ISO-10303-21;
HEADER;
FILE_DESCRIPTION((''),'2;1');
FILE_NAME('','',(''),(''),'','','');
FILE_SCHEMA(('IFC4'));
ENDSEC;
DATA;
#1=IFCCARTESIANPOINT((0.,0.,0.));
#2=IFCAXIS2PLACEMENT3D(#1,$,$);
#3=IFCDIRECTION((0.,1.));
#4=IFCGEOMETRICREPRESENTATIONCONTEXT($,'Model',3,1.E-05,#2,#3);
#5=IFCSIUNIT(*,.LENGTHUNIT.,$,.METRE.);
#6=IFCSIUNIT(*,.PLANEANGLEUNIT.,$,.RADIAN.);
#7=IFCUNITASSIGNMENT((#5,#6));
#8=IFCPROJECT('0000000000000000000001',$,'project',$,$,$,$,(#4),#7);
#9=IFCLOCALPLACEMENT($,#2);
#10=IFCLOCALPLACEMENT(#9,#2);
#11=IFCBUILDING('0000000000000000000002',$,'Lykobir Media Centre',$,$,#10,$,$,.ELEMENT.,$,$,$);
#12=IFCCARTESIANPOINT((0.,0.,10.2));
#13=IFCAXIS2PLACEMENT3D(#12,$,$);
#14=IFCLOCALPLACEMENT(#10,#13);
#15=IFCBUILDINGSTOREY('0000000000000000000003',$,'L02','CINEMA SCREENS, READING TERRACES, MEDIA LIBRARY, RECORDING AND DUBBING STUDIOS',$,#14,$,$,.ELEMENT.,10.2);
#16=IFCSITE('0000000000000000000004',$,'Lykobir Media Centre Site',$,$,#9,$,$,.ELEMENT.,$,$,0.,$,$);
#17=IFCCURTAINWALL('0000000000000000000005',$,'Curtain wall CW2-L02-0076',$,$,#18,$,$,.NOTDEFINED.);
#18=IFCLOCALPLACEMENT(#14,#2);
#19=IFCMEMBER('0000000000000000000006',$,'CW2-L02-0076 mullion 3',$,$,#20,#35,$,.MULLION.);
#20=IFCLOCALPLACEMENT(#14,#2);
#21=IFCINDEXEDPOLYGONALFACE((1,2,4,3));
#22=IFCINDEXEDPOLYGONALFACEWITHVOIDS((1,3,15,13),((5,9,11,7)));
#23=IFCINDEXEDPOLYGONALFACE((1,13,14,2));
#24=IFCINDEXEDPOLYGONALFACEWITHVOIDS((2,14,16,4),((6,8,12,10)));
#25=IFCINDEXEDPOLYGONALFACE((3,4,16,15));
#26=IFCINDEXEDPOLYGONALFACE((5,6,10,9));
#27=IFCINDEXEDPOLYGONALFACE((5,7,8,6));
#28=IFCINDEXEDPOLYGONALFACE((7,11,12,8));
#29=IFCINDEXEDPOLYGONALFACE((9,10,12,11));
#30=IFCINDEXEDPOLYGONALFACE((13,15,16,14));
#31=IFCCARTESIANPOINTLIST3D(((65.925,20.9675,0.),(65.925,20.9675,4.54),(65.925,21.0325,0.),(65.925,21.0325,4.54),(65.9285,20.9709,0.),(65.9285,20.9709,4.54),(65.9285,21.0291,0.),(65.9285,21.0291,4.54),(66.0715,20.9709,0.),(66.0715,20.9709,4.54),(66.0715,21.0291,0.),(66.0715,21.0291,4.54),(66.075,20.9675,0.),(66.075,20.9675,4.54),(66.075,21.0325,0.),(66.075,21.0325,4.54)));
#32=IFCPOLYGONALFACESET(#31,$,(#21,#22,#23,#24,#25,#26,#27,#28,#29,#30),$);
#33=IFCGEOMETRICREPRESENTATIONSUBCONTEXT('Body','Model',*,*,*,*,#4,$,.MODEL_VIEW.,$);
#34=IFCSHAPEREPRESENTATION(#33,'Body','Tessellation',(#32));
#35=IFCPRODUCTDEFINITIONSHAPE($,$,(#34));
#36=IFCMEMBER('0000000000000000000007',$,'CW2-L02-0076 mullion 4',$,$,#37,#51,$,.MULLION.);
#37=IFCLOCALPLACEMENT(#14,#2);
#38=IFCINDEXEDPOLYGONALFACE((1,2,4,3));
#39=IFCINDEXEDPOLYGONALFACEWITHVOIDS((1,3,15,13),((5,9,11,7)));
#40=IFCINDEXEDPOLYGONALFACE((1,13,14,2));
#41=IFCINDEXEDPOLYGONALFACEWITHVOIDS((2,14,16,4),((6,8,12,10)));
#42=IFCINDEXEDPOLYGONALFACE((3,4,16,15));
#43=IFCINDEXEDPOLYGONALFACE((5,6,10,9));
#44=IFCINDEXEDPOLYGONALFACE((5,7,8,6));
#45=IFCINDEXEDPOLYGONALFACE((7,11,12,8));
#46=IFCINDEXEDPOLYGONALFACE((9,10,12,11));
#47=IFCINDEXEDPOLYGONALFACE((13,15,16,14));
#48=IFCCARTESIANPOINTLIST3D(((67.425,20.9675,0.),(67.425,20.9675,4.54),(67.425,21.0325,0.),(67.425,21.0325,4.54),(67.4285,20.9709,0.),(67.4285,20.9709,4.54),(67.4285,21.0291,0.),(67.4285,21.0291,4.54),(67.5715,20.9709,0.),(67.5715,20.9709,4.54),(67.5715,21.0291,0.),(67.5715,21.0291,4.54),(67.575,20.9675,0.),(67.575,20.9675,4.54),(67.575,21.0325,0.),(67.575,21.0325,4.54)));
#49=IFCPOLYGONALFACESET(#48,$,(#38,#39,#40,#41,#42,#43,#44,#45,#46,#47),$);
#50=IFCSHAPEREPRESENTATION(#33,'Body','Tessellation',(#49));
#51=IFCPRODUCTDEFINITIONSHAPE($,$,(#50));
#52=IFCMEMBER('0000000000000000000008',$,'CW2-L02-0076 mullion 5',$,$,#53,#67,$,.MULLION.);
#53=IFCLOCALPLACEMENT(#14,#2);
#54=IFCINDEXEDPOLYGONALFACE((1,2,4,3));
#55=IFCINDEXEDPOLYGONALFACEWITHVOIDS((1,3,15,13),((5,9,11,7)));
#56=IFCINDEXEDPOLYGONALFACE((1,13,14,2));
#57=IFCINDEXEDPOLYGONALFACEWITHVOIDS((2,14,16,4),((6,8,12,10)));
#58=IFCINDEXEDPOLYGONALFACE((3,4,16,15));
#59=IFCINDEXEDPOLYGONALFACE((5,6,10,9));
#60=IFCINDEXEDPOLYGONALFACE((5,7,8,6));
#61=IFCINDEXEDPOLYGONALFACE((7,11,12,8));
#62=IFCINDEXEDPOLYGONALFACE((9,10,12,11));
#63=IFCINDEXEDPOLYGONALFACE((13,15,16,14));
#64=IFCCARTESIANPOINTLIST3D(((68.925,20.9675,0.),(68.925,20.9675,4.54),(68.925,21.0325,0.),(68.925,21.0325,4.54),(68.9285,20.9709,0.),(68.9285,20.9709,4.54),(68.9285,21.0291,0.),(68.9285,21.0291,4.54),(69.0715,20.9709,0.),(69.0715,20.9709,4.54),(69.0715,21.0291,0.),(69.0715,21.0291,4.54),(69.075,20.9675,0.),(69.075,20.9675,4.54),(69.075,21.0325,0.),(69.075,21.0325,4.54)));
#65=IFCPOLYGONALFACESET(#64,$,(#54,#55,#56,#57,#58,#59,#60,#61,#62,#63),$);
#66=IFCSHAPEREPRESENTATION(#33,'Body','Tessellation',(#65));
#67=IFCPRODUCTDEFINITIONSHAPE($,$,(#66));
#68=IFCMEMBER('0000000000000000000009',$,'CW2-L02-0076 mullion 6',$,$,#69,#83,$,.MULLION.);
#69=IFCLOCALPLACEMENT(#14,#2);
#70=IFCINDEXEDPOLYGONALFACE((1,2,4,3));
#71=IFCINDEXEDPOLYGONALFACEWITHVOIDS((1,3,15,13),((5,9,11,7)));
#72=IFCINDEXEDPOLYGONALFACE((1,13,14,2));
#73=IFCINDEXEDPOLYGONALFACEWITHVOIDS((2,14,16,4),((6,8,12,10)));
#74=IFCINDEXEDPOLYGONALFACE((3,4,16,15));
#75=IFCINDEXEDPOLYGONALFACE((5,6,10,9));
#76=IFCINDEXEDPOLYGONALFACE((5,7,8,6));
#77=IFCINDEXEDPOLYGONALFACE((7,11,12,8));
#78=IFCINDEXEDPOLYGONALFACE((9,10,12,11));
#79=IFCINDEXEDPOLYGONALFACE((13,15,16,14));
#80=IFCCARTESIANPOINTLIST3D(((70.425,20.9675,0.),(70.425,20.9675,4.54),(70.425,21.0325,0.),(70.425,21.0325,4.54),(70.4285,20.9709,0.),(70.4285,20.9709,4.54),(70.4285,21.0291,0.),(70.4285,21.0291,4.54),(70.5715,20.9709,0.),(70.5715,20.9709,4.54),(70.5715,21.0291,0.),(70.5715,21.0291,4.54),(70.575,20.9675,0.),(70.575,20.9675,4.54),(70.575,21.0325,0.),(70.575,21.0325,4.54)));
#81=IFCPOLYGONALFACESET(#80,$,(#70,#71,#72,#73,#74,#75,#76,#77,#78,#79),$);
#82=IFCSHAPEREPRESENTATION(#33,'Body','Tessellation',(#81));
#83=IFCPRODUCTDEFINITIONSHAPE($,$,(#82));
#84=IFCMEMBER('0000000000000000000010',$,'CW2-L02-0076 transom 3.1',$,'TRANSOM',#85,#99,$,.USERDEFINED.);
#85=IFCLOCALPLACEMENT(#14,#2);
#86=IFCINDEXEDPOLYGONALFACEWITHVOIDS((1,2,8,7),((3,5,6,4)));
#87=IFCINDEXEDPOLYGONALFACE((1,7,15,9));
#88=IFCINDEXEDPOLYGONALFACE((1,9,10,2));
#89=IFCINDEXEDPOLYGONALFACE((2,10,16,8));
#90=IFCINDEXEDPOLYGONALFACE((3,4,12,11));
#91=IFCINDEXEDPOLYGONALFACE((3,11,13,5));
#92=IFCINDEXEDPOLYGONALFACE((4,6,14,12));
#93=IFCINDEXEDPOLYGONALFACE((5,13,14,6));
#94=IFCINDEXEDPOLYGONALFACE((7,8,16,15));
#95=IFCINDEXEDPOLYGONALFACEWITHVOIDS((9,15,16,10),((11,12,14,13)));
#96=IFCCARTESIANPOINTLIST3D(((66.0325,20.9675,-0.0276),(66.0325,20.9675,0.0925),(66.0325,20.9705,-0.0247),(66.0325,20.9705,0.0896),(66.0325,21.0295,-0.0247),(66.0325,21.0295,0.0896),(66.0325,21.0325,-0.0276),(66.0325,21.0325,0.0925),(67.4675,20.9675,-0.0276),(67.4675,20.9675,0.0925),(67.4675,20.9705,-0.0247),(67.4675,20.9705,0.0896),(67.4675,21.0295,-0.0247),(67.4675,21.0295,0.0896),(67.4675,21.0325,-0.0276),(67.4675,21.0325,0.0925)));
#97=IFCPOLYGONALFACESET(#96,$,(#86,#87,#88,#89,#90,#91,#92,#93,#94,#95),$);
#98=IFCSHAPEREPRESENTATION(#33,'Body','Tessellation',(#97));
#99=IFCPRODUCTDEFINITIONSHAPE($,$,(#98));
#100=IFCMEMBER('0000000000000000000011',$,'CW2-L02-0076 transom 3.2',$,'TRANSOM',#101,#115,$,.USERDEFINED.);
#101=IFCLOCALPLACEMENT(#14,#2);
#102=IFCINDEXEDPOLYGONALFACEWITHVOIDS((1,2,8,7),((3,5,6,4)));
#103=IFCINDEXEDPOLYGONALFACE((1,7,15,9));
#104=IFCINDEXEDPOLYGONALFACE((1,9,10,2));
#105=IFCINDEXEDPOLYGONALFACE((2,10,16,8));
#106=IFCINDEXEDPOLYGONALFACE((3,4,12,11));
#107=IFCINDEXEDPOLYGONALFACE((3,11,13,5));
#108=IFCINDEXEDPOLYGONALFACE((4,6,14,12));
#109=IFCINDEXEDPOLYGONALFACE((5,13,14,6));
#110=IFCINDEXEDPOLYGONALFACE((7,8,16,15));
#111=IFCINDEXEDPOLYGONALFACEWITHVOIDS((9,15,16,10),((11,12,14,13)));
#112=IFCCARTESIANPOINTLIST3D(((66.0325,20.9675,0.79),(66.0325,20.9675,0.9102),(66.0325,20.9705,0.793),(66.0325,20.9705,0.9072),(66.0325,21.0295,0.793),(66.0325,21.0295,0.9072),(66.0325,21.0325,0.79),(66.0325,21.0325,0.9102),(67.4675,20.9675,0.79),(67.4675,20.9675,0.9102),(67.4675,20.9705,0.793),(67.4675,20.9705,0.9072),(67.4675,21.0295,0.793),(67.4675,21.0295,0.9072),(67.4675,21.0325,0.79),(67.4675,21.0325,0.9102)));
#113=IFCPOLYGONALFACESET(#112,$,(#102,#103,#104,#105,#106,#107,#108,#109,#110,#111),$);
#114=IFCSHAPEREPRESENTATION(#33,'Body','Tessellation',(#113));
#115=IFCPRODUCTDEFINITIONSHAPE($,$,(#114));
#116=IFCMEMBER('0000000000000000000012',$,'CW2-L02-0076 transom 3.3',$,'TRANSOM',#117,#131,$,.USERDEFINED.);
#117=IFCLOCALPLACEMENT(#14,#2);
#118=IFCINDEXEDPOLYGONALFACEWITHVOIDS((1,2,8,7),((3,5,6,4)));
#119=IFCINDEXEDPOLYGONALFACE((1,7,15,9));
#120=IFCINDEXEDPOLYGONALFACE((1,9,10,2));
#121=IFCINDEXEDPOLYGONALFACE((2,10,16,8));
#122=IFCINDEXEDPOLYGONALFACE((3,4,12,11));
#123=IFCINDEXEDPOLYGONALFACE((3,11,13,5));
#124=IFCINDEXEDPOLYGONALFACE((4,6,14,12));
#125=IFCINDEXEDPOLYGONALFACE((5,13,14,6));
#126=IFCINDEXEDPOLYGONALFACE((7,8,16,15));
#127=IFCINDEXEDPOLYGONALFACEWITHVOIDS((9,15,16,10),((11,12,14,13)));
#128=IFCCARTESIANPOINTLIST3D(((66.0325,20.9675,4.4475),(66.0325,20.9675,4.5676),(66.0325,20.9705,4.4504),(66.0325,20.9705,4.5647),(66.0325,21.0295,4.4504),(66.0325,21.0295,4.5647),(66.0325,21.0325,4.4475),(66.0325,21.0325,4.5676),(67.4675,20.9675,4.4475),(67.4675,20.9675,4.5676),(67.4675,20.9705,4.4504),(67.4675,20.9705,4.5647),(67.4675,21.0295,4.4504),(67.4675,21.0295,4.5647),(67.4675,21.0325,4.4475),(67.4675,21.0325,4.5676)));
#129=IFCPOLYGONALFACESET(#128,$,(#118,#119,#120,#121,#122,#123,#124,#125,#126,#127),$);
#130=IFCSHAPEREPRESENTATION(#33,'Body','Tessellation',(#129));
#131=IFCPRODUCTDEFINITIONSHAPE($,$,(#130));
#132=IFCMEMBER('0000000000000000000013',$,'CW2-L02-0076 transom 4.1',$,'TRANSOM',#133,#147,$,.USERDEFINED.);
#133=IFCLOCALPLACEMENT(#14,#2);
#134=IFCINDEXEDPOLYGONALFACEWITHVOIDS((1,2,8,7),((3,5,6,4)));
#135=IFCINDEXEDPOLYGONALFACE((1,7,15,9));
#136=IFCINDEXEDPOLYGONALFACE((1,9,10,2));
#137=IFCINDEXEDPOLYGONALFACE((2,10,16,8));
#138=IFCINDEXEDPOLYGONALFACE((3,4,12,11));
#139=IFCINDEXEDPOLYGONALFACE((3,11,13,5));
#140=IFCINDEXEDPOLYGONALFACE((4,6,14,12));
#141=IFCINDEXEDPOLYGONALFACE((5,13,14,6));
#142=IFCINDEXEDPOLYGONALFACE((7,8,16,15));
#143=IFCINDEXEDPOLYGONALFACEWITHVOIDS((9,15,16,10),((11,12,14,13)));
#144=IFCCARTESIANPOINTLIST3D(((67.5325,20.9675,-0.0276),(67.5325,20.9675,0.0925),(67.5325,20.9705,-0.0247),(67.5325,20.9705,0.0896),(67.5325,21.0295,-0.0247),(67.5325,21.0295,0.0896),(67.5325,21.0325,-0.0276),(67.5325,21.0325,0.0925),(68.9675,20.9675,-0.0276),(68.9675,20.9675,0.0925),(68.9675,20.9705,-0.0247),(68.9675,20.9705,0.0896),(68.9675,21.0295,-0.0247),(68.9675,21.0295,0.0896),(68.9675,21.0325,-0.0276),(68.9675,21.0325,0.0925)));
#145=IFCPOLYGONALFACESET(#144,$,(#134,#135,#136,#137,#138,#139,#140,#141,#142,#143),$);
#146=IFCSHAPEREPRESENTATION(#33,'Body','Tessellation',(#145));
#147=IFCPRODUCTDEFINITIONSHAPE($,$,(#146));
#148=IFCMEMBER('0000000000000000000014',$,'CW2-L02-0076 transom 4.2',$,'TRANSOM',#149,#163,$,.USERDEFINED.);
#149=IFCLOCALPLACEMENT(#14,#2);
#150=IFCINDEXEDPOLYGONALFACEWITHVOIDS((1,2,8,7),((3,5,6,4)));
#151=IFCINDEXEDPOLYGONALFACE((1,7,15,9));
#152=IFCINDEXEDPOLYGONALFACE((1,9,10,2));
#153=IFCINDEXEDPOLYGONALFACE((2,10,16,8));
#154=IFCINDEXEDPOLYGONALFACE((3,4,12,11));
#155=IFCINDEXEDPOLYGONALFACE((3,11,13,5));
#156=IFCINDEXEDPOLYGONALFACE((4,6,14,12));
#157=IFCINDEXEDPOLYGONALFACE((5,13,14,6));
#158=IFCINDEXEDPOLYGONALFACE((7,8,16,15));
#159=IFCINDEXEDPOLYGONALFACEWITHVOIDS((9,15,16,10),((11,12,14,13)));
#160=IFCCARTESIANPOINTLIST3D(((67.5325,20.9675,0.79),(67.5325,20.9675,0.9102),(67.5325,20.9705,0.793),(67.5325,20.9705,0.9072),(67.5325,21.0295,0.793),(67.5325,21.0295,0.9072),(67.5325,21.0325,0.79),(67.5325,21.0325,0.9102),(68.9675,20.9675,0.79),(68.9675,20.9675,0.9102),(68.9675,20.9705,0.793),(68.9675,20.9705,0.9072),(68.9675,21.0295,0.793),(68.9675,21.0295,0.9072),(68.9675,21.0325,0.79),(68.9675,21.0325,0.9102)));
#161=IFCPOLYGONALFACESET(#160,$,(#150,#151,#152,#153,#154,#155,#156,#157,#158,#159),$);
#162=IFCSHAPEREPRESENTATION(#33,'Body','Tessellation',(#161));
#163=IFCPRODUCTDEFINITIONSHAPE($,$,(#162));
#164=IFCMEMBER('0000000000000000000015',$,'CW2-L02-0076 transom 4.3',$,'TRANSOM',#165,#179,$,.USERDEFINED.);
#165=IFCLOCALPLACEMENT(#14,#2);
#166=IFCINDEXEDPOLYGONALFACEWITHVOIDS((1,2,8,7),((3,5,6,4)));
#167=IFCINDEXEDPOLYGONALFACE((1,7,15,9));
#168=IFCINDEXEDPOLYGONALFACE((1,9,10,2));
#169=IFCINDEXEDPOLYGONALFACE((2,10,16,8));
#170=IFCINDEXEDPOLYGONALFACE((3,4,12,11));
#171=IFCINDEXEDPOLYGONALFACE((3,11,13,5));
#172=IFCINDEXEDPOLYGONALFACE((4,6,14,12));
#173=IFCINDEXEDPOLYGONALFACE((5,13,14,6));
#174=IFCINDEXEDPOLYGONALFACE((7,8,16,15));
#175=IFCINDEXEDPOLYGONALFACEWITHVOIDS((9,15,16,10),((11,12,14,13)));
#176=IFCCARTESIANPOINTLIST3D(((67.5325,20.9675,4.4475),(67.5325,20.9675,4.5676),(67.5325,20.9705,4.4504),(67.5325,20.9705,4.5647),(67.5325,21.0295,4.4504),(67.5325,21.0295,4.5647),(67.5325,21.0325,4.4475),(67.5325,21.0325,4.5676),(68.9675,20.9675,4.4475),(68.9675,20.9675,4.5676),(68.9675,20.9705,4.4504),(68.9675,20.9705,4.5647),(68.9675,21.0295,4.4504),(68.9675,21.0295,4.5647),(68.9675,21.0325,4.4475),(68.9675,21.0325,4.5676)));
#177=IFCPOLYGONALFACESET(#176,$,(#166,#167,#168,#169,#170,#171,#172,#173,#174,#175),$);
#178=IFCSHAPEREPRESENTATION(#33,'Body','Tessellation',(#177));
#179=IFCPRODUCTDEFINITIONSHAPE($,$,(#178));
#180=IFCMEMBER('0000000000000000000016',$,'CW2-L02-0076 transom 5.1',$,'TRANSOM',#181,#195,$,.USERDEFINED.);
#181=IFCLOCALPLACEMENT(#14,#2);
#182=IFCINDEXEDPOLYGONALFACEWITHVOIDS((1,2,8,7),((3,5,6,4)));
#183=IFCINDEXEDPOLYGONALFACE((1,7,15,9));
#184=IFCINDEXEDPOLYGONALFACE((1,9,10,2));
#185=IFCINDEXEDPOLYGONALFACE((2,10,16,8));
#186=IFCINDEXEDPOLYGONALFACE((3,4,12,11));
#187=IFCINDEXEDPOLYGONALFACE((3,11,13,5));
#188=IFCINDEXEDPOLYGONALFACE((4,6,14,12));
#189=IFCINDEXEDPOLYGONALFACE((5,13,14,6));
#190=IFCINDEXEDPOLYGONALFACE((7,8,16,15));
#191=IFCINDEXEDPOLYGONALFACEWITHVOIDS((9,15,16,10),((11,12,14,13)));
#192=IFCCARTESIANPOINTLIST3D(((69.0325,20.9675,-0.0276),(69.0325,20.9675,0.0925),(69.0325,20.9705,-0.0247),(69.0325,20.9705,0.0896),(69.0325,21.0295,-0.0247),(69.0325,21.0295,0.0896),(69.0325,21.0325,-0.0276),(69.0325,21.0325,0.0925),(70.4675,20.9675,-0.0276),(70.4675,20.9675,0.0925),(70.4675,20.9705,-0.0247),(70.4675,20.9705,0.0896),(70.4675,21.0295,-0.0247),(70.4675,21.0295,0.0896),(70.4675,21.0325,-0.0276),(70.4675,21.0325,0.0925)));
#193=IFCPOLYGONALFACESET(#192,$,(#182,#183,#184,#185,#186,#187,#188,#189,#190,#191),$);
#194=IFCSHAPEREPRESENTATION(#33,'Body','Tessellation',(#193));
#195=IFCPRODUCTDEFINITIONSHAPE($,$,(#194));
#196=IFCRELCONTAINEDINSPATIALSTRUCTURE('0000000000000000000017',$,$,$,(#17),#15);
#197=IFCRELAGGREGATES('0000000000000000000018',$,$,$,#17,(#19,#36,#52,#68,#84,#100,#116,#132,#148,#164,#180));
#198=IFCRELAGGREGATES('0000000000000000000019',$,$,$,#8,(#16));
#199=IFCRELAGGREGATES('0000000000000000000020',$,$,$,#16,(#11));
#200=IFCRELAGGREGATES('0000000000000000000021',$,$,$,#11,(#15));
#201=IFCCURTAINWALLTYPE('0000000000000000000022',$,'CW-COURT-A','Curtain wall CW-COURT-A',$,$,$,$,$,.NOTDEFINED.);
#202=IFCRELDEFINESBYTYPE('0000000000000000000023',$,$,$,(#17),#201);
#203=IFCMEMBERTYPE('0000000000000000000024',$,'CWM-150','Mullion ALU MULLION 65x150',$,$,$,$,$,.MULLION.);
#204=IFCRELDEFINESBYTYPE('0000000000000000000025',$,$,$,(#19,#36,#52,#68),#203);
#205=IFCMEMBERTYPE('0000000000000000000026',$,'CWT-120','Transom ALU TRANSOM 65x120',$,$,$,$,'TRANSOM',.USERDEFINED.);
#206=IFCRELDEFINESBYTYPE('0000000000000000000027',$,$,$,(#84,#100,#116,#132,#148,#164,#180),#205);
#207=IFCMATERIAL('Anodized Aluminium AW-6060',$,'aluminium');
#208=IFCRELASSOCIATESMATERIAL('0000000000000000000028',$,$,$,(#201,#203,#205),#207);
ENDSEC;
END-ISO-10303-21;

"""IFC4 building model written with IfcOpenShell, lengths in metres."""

from ifc_helpers import new_model, si_unit, direction, frame, origin, origin_2d, place, context, subcontext, project, spatial, hollow_rectangle, extrude, material, material_profile, profile_set, type_object, element, aggregate, save


model = new_model("IFC4")

# Units and contexts
model_context = context("Model", 3, precision=1e-05, world=origin(), true_north=direction((0.0, 1.0)))
body_context = subcontext(model_context, "Body", "Model", "MODEL_VIEW")
ifc_project = project(units=[si_unit("LENGTHUNIT", "METRE"), si_unit("PLANEANGLEUNIT", "RADIAN")], contexts=[model_context])

# Site, building, storey
site_placement = place(None, origin())
site = spatial("IfcSite", under=ifc_project, at=site_placement, Name="Lykobir Media Centre Site", CompositionType="ELEMENT", RefElevation=0.0)
building_placement = place(site_placement, origin())
building = spatial("IfcBuilding", under=site, at=building_placement, Name="Lykobir Media Centre", CompositionType="ELEMENT")
storey_placement = place(building_placement, frame((0.0, 0.0, 10.2)))
storey = spatial("IfcBuildingStorey", under=building, at=storey_placement, Name="L02", Description="CINEMA SCREENS, READING TERRACES, MEDIA LIBRARY, RECORDING AND DUBBING STUDIOS", CompositionType="ELEMENT", Elevation=10.2)

# Curtain wall, members
ifc_material_1 = material(Name="Anodized Aluminium AW-6060", Category="aluminium")
curtain_wall_type = type_object("IfcCurtainWallType", Name="CW-COURT-A", Description="Curtain wall CW-COURT-A", PredefinedType="NOTDEFINED", material=ifc_material_1)
curtain_wall_placement = place(storey_placement, origin())
curtain_wall = element("IfcCurtainWall", 1, at=curtain_wall_placement, inside=storey, type_object=curtain_wall_type, Name="Curtain wall CW2-L02-0076", PredefinedType="NOTDEFINED")
ifc_material_profile_1 = material_profile(ifc_material_1, hollow_rectangle(XDim=0.0649, YDim=0.1499, WallThickness=0.0034, at=origin_2d()), Name="ALU MULLION 65x150")
ifc_profile_set_1 = profile_set([ifc_material_profile_1], Name="Anodized Aluminium AW-6060")
member_type_1 = type_object("IfcMemberType", Name="CWM-150", Description="Mullion ALU MULLION 65x150", PredefinedType="MULLION", material=ifc_profile_set_1)
member_1_placement = place(storey_placement, frame((66.0, 21.0, 0.0), z_axis=(0.0, 0.0, 1.0), x_axis=(0.0, 1.0, 0.0)))
member_1 = element("IfcMember", 2, at=member_1_placement, type_object=member_type_1, Name="CW2-L02-0076 mullion 3", PredefinedType="MULLION", context=body_context, shape_type="SweptSolid", body=[
    extrude(hollow_rectangle(XDim=0.0649, YDim=0.1499, WallThickness=0.0034, at=origin_2d()), origin(), (0.0, 0.0, 1.0), 4.54),
])
member_2_placement = place(storey_placement, frame((67.5, 21.0, 0.0), z_axis=(0.0, 0.0, 1.0), x_axis=(0.0, 1.0, 0.0)))
member_2 = element("IfcMember", 3, at=member_2_placement, type_object=member_type_1, Name="CW2-L02-0076 mullion 4", PredefinedType="MULLION", context=body_context, shape_type="SweptSolid", body=[
    extrude(hollow_rectangle(XDim=0.0649, YDim=0.1499, WallThickness=0.0034, at=origin_2d()), origin(), (0.0, 0.0, 1.0), 4.54),
])
member_3_placement = place(storey_placement, frame((69.0, 21.0, 0.0), z_axis=(0.0, 0.0, 1.0), x_axis=(0.0, 1.0, 0.0)))
member_3 = element("IfcMember", 4, at=member_3_placement, type_object=member_type_1, Name="CW2-L02-0076 mullion 5", PredefinedType="MULLION", context=body_context, shape_type="SweptSolid", body=[
    extrude(hollow_rectangle(XDim=0.0649, YDim=0.1499, WallThickness=0.0034, at=origin_2d()), origin(), (0.0, 0.0, 1.0), 4.54),
])
member_4_placement = place(storey_placement, frame((70.5, 21.0, 0.0), z_axis=(0.0, 0.0, 1.0), x_axis=(0.0, 1.0, 0.0)))
member_4 = element("IfcMember", 5, at=member_4_placement, type_object=member_type_1, Name="CW2-L02-0076 mullion 6", PredefinedType="MULLION", context=body_context, shape_type="SweptSolid", body=[
    extrude(hollow_rectangle(XDim=0.0649, YDim=0.1499, WallThickness=0.0034, at=origin_2d()), origin(), (0.0, 0.0, 1.0), 4.54),
])
ifc_material_profile_2 = material_profile(ifc_material_1, hollow_rectangle(XDim=0.0649, YDim=0.1201, WallThickness=0.0029, at=origin_2d()), Name="ALU TRANSOM 65x120")
ifc_profile_set_2 = profile_set([ifc_material_profile_2], Name="Anodized Aluminium AW-6060")
member_type_2 = type_object("IfcMemberType", Name="CWT-120", Description="Transom ALU TRANSOM 65x120", ElementType="TRANSOM", PredefinedType="USERDEFINED", material=ifc_profile_set_2)
member_5_placement = place(storey_placement, frame((66.0325, 21.0, 0.0325), z_axis=(1.0, 0.0, 0.0), x_axis=(0.0, 1.0, 0.0)))
member_5 = element("IfcMember", 6, at=member_5_placement, type_object=member_type_2, Name="CW2-L02-0076 transom 3.1", ObjectType="TRANSOM", PredefinedType="USERDEFINED", context=body_context, shape_type="SweptSolid", body=[
    extrude(hollow_rectangle(XDim=0.0649, YDim=0.1201, WallThickness=0.0029, at=origin_2d()), origin(), (0.0, 0.0, 1.0), 1.4351),
])
member_6_placement = place(storey_placement, frame((66.0325, 21.0, 0.8501), z_axis=(1.0, 0.0, 0.0), x_axis=(0.0, 1.0, 0.0)))
member_6 = element("IfcMember", 7, at=member_6_placement, type_object=member_type_2, Name="CW2-L02-0076 transom 3.2", ObjectType="TRANSOM", PredefinedType="USERDEFINED", context=body_context, shape_type="SweptSolid", body=[
    extrude(hollow_rectangle(XDim=0.0649, YDim=0.1201, WallThickness=0.0029, at=origin_2d()), origin(), (0.0, 0.0, 1.0), 1.4351),
])
member_7_placement = place(storey_placement, frame((66.0325, 21.0, 4.5076), z_axis=(1.0, 0.0, 0.0), x_axis=(0.0, 1.0, 0.0)))
member_7 = element("IfcMember", 8, at=member_7_placement, type_object=member_type_2, Name="CW2-L02-0076 transom 3.3", ObjectType="TRANSOM", PredefinedType="USERDEFINED", context=body_context, shape_type="SweptSolid", body=[
    extrude(hollow_rectangle(XDim=0.0649, YDim=0.1201, WallThickness=0.0029, at=origin_2d()), origin(), (0.0, 0.0, 1.0), 1.4351),
])
member_8_placement = place(storey_placement, frame((67.5325, 21.0, 0.0325), z_axis=(1.0, 0.0, 0.0), x_axis=(0.0, 1.0, 0.0)))
member_8 = element("IfcMember", 9, at=member_8_placement, type_object=member_type_2, Name="CW2-L02-0076 transom 4.1", ObjectType="TRANSOM", PredefinedType="USERDEFINED", context=body_context, shape_type="SweptSolid", body=[
    extrude(hollow_rectangle(XDim=0.0649, YDim=0.1201, WallThickness=0.0029, at=origin_2d()), origin(), (0.0, 0.0, 1.0), 1.4351),
])
member_9_placement = place(storey_placement, frame((67.5325, 21.0, 0.8501), z_axis=(1.0, 0.0, 0.0), x_axis=(0.0, 1.0, 0.0)))
member_9 = element("IfcMember", 10, at=member_9_placement, type_object=member_type_2, Name="CW2-L02-0076 transom 4.2", ObjectType="TRANSOM", PredefinedType="USERDEFINED", context=body_context, shape_type="SweptSolid", body=[
    extrude(hollow_rectangle(XDim=0.0649, YDim=0.1201, WallThickness=0.0029, at=origin_2d()), origin(), (0.0, 0.0, 1.0), 1.4351),
])
member_10_placement = place(storey_placement, frame((67.5325, 21.0, 4.5076), z_axis=(1.0, 0.0, 0.0), x_axis=(0.0, 1.0, 0.0)))
member_10 = element("IfcMember", 11, at=member_10_placement, type_object=member_type_2, Name="CW2-L02-0076 transom 4.3", ObjectType="TRANSOM", PredefinedType="USERDEFINED", context=body_context, shape_type="SweptSolid", body=[
    extrude(hollow_rectangle(XDim=0.0649, YDim=0.1201, WallThickness=0.0029, at=origin_2d()), origin(), (0.0, 0.0, 1.0), 1.4351),
])
member_11_placement = place(storey_placement, frame((69.0325, 21.0, 0.0325), z_axis=(1.0, 0.0, 0.0), x_axis=(0.0, 1.0, 0.0)))
member_11 = element("IfcMember", 12, at=member_11_placement, type_object=member_type_2, Name="CW2-L02-0076 transom 5.1", ObjectType="TRANSOM", PredefinedType="USERDEFINED", context=body_context, shape_type="SweptSolid", body=[
    extrude(hollow_rectangle(XDim=0.0649, YDim=0.1201, WallThickness=0.0029, at=origin_2d()), origin(), (0.0, 0.0, 1.0), 1.4351),
])
aggregate(curtain_wall, [member_1, member_2, member_3, member_4, member_5, member_6, member_7, member_8, member_9, member_10, member_11])

save(model, "model.ifc")
